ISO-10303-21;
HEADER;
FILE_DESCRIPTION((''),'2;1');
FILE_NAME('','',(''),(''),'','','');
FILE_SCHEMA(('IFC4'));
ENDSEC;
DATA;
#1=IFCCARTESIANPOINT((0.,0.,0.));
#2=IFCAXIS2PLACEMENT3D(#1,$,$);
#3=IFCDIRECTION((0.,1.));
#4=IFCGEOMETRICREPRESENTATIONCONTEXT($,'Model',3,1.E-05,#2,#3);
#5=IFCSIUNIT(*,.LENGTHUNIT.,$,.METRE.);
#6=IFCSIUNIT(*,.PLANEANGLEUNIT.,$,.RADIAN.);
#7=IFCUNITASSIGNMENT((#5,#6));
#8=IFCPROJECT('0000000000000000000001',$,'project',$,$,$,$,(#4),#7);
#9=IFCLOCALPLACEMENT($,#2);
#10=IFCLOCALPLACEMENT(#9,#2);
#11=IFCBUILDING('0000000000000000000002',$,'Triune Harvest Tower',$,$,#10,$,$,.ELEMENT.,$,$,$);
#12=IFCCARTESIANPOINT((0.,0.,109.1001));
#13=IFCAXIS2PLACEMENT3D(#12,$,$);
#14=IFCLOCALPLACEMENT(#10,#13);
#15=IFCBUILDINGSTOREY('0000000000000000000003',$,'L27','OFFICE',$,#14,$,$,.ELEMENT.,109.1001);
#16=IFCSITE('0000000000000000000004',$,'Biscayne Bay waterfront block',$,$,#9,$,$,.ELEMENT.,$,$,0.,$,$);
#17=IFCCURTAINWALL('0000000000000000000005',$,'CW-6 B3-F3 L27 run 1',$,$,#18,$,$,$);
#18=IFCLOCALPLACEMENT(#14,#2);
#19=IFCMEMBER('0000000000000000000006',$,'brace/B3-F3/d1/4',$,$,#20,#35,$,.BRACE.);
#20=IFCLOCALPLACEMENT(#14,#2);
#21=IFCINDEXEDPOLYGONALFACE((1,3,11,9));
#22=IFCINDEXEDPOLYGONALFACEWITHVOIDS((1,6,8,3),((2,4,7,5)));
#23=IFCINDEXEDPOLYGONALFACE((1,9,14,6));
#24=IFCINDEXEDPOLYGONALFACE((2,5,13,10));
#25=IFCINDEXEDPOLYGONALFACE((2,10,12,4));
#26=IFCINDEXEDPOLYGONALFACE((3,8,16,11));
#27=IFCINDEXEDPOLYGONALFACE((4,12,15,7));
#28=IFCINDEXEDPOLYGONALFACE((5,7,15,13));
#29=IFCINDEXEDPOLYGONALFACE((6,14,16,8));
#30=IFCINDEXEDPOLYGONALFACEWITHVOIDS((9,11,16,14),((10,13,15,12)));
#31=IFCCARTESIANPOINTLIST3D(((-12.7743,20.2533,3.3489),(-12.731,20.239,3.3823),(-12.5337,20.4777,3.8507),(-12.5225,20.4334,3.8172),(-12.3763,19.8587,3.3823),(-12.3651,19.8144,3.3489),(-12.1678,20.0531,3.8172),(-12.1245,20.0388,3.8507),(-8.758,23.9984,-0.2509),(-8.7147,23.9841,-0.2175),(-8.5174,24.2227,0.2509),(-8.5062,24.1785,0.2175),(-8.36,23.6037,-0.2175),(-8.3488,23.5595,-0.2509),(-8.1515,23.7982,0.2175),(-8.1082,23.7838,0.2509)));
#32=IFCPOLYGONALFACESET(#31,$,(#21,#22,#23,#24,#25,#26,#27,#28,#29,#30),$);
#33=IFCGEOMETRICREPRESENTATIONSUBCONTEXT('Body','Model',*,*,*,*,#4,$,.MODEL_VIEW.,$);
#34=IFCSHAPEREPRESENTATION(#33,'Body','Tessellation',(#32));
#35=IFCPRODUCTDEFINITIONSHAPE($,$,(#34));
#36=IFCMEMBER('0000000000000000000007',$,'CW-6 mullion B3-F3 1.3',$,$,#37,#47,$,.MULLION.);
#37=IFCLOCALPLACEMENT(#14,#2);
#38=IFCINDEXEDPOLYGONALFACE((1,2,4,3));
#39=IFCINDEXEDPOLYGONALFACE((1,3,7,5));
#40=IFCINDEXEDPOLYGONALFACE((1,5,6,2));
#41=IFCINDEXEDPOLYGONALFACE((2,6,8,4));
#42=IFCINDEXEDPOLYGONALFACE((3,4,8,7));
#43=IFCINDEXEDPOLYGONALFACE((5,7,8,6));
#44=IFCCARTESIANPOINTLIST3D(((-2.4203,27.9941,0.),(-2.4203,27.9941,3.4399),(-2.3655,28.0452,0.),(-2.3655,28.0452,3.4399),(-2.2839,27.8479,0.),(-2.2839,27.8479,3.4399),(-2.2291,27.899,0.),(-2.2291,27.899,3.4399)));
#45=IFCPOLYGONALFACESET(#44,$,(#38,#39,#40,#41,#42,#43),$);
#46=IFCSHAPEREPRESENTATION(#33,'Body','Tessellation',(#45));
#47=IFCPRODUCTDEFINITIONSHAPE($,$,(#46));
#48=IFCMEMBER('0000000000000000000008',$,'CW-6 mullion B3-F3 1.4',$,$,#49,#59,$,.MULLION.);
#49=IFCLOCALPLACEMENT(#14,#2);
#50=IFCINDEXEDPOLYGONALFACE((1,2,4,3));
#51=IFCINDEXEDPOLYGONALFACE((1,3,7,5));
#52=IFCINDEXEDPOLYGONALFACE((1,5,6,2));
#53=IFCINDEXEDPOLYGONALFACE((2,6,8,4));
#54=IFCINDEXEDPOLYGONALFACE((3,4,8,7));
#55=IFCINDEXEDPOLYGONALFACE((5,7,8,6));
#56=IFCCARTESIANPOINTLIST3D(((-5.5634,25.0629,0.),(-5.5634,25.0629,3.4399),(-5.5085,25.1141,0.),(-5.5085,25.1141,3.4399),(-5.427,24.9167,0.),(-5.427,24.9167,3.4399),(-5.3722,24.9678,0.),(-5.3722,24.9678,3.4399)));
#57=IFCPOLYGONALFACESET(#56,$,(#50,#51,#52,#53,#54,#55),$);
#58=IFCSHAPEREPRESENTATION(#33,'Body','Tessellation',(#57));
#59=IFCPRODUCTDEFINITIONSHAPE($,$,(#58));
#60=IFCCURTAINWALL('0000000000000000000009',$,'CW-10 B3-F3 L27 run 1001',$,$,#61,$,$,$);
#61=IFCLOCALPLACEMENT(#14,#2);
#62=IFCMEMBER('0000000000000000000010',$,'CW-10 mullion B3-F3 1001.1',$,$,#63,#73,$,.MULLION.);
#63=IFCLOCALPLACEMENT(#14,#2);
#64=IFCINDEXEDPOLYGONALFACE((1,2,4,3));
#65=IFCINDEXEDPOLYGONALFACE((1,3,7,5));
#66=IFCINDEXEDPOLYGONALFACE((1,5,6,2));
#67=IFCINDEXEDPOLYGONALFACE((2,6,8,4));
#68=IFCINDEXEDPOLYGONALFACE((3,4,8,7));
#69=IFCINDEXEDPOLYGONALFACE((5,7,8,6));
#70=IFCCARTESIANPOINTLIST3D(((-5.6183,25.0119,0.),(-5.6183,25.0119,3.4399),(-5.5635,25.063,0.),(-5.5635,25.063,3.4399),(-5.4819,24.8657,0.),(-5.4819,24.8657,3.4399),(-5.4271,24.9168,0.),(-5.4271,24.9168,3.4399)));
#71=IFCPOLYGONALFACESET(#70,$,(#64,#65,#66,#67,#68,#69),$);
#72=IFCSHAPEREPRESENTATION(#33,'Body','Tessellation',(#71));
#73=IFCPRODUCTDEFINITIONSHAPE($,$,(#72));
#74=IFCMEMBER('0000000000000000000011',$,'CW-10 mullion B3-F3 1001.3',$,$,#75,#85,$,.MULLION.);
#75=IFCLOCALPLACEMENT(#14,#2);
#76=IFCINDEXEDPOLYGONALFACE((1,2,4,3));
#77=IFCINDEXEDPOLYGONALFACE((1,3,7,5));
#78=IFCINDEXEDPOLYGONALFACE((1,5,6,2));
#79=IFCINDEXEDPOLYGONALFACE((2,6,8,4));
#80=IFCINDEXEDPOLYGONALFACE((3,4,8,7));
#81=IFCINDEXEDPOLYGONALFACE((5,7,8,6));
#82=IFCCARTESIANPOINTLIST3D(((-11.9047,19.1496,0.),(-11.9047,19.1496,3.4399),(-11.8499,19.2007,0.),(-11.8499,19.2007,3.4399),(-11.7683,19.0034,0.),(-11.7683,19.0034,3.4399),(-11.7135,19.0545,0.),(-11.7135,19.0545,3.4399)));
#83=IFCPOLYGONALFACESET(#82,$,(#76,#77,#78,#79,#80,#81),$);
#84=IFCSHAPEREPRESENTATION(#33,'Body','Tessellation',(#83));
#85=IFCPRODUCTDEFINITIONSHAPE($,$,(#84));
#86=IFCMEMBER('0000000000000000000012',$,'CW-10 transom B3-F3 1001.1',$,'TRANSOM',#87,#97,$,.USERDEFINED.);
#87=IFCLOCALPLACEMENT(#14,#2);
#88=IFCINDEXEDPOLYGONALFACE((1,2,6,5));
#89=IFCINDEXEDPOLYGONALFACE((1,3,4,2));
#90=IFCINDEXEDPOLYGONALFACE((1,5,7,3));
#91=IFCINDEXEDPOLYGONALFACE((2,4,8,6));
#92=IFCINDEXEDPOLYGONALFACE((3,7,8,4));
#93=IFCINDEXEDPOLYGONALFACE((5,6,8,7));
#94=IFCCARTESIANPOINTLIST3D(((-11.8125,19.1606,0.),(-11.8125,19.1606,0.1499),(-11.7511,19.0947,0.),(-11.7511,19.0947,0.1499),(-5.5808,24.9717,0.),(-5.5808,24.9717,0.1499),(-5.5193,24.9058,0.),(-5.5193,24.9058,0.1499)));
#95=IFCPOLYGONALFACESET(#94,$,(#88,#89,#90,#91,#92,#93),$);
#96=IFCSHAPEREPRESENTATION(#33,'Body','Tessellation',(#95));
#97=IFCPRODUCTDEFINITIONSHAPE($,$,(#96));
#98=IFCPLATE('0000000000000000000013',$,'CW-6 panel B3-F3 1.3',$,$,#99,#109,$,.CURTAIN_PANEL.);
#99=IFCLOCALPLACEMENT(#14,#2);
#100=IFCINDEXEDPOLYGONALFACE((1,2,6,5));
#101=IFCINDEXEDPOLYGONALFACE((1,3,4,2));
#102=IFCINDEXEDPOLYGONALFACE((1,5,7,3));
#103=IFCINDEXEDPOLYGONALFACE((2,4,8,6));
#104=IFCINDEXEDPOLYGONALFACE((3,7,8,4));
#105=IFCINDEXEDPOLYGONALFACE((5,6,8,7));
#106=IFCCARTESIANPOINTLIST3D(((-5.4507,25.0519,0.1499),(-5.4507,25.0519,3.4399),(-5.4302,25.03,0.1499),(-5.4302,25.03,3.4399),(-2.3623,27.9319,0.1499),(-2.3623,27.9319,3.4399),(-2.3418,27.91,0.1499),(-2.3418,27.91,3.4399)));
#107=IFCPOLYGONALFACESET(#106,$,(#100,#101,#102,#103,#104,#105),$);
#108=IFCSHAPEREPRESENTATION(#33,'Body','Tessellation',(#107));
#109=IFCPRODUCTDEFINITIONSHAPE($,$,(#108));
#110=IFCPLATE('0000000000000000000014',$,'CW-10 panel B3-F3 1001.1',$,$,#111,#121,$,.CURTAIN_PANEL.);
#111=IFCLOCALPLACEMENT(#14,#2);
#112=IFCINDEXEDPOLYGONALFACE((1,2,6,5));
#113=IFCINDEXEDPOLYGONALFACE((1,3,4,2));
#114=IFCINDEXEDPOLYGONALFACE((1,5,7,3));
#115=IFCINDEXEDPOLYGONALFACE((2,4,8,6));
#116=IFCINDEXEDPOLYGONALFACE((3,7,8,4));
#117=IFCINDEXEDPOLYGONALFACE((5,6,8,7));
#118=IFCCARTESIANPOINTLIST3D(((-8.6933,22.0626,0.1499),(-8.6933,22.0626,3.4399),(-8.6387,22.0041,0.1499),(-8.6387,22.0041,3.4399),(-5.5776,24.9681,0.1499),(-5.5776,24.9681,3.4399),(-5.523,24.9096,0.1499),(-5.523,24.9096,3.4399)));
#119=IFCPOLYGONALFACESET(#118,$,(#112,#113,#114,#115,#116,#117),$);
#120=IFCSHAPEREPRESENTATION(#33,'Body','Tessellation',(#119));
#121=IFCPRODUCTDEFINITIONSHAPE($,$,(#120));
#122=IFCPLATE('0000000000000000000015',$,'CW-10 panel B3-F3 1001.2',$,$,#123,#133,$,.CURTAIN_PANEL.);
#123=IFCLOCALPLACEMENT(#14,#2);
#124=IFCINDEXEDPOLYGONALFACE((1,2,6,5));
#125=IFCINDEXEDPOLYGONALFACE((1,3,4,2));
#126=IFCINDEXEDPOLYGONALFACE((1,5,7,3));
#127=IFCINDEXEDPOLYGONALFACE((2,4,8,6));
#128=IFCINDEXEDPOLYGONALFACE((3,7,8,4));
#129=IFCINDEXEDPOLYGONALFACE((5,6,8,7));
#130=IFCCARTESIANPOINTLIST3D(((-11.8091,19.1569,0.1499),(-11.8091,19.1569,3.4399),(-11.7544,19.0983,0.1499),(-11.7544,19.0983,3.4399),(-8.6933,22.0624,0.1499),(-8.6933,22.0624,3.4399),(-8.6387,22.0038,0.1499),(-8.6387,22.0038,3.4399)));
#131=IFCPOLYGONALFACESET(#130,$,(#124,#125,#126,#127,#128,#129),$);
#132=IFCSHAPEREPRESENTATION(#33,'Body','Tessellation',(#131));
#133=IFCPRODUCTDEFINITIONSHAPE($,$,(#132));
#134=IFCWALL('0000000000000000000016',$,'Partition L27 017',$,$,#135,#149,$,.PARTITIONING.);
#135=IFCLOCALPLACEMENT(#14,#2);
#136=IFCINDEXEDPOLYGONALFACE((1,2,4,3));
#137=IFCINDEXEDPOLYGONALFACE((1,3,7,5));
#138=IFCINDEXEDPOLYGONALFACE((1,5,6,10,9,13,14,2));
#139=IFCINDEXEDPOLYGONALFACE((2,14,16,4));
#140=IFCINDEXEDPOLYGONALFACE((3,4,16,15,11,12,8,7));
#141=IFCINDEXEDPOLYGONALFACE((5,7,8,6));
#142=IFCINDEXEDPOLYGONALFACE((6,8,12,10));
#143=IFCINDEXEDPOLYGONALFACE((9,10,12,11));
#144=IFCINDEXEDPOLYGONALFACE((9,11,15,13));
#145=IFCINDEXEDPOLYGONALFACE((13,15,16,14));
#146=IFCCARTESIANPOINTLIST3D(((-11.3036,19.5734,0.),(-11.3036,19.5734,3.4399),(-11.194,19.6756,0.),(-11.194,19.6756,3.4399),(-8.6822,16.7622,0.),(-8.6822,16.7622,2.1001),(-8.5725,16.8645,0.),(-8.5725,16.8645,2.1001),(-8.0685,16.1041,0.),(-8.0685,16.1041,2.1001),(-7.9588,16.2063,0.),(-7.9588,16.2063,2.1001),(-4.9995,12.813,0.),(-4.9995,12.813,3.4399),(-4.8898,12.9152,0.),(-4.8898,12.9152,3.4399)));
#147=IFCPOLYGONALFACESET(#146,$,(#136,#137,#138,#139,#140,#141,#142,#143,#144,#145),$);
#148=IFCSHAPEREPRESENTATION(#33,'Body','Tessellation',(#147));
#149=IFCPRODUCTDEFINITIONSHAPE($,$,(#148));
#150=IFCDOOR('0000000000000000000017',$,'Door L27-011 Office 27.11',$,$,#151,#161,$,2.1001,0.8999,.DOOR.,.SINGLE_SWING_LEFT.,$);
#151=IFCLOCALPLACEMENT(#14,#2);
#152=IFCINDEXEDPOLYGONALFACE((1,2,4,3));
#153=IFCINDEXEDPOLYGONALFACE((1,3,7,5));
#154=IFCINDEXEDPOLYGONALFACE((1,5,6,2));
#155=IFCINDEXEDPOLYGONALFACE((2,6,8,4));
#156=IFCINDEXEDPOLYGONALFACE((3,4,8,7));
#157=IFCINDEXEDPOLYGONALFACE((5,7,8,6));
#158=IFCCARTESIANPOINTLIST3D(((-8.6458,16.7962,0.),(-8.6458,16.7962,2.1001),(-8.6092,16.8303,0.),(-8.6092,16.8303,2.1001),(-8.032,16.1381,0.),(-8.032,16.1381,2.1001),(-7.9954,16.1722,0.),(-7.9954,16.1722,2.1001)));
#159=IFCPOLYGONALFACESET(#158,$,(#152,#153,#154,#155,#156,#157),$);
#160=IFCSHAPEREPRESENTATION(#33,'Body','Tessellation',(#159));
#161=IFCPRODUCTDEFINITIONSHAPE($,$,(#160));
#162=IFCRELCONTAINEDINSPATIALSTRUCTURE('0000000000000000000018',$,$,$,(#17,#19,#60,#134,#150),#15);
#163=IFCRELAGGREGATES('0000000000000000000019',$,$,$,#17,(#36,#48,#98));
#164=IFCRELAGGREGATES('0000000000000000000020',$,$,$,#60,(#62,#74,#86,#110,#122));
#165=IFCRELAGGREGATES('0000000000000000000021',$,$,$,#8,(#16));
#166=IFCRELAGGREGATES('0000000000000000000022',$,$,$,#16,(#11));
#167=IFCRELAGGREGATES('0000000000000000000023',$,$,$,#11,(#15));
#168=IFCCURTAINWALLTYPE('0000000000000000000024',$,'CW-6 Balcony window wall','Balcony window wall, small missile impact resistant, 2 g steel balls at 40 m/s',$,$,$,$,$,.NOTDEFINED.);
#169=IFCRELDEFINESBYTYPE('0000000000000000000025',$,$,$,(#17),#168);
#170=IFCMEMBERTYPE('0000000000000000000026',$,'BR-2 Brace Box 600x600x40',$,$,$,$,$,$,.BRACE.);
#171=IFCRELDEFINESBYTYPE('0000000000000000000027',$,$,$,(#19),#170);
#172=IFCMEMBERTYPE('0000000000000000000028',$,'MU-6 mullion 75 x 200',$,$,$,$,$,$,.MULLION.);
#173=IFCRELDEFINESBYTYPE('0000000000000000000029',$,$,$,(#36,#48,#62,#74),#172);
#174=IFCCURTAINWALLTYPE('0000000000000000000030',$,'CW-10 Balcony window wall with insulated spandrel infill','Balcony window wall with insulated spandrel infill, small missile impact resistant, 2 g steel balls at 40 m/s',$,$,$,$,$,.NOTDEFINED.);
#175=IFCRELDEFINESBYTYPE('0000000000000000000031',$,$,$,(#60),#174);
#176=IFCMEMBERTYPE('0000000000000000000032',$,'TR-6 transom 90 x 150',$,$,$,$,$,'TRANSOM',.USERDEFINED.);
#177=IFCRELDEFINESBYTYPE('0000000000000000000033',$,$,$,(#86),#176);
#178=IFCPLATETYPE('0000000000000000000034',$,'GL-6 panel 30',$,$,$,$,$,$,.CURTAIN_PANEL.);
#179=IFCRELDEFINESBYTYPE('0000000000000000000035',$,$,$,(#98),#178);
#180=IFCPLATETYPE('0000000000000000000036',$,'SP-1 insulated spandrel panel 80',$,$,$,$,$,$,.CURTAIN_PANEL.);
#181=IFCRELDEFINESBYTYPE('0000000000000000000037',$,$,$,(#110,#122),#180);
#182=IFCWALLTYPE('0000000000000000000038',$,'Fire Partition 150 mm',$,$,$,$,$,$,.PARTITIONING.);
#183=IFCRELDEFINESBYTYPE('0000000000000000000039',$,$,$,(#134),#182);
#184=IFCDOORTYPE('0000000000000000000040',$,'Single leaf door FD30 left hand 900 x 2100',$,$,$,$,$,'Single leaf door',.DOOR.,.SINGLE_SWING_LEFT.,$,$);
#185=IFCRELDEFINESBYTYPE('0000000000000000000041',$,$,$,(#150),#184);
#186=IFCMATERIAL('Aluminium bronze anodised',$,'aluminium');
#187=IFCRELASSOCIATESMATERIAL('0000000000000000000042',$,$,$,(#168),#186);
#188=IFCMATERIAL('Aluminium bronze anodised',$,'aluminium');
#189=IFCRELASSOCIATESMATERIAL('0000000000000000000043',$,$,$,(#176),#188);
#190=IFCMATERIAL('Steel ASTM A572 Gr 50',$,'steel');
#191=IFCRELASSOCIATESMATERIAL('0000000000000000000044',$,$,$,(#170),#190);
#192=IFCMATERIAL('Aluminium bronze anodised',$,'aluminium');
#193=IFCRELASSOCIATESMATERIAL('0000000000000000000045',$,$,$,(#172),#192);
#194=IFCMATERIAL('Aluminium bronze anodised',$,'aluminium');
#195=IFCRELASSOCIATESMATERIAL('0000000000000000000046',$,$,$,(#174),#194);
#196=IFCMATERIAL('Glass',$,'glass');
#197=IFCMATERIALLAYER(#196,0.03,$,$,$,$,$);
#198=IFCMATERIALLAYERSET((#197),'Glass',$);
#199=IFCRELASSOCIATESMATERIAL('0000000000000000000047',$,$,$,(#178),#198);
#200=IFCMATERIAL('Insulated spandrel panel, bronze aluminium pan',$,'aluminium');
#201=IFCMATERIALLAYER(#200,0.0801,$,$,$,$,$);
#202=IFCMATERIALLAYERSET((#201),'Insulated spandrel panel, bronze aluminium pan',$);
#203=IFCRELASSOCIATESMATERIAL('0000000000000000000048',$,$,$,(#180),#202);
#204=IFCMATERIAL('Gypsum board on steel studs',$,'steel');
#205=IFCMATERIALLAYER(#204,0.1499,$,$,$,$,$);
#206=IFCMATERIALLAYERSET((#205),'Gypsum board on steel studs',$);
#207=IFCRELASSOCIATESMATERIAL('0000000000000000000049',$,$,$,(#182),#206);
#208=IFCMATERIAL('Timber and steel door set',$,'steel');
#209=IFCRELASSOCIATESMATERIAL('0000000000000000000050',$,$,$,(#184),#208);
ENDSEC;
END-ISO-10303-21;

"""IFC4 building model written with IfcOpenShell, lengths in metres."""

from ifc_helpers import new_model, si_unit, direction, frame, frame_2d, origin, origin_2d, place, context, subcontext, project, spatial, rectangle, hollow_rectangle, extrude, source, transform, mapped, material, layer, layer_set, material_profile, profile_set, type_object, element, fill, aggregate, save


model = new_model("IFC4")

# Units and contexts
model_context = context("Model", 3, precision=1e-05, world=origin(), true_north=direction((0.0, 1.0)))
body_context = subcontext(model_context, "Body", "Model", "MODEL_VIEW")
ifc_project = project(units=[si_unit("LENGTHUNIT", "METRE"), si_unit("PLANEANGLEUNIT", "RADIAN")], contexts=[model_context])

# Site, building, storey
site_placement = place(None, origin())
site = spatial("IfcSite", under=ifc_project, at=site_placement, Name="Biscayne Bay waterfront block", CompositionType="ELEMENT", RefElevation=0.0)
building_placement = place(site_placement, origin())
building = spatial("IfcBuilding", under=site, at=building_placement, Name="Triune Harvest Tower", CompositionType="ELEMENT")
storey_placement = place(building_placement, frame((0.0, 0.0, 109.1001)))
storey = spatial("IfcBuildingStorey", under=building, at=storey_placement, Name="L27", Description="OFFICE", CompositionType="ELEMENT", Elevation=109.1001)

# Curtain wall
ifc_material_1 = material(Name="Aluminium bronze anodised", Category="aluminium")
curtain_wall_type_1 = type_object("IfcCurtainWallType", Name="CW-6 Balcony window wall", Description="Balcony window wall, small missile impact resistant, 2 g steel balls at 40 m/s", PredefinedType="NOTDEFINED", material=ifc_material_1)
curtain_wall_1_placement = place(storey_placement, origin())
curtain_wall_1 = element("IfcCurtainWall", 1, at=curtain_wall_1_placement, inside=storey, type_object=curtain_wall_type_1, Name="CW-6 B3-F3 L27 run 1")
ifc_material_2 = material(Name="Aluminium bronze anodised", Category="aluminium")
ifc_material_profile_1 = material_profile(ifc_material_2, rectangle(XDim=0.0901, YDim=0.1499, at=origin_2d()), Name="TR-6 transom 90 x 150")
ifc_profile_set_1 = profile_set([ifc_material_profile_1], Name="Aluminium bronze anodised")
member_type_1 = type_object("IfcMemberType", Name="TR-6 transom 90 x 150", ElementType="TRANSOM", PredefinedType="USERDEFINED", material=ifc_profile_set_1)

# Members
ifc_material_3 = material(Name="Steel ASTM A572 Gr 50", Category="steel")
ifc_material_profile_2 = material_profile(ifc_material_3, hollow_rectangle(XDim=0.6001, YDim=0.6001, WallThickness=0.04, at=origin_2d()), Name="Box 600x600x40")
ifc_profile_set_2 = profile_set([ifc_material_profile_2], Name="Steel ASTM A572 Gr 50")
member_type_2 = type_object("IfcMemberType", Name="BR-2 Brace Box 600x600x40", PredefinedType="BRACE", material=ifc_profile_set_2)
shared_shape_1 = source(origin(), body_context, "Body", "SweptSolid", [
    extrude(hollow_rectangle(XDim=0.6001, YDim=0.6001, WallThickness=0.04, at=origin_2d()), origin(), (0.0, 0.0, 1.0), 6.5662),
])
member_1_placement = place(storey_placement, frame((-8.4331, 23.8911, 0.0), z_axis=(-0.611664, -0.570356, 0.548234), x_axis=(0.681979, -0.731372, 0.0)))
element("IfcMember", 2, at=member_1_placement, inside=storey, type_object=member_type_2, Name="brace/B3-F3/d1/4", PredefinedType="BRACE", context=body_context, shape_type="MappedRepresentation", body=[
    mapped(shared_shape_1, transform((0.0, 0.0, 0.0), scale=1.0)),
])
ifc_material_4 = material(Name="Aluminium bronze anodised", Category="aluminium")
ifc_material_profile_3 = material_profile(ifc_material_4, rectangle(XDim=0.2, YDim=0.075, at=origin_2d()), Name="MU-6 mullion 75 x 200")
ifc_profile_set_3 = profile_set([ifc_material_profile_3], Name="Aluminium bronze anodised")
member_type_3 = type_object("IfcMemberType", Name="MU-6 mullion 75 x 200", PredefinedType="MULLION", material=ifc_profile_set_3)
shared_shape_2 = source(origin(), body_context, "Body", "SweptSolid", [
    extrude(rectangle(XDim=0.2, YDim=0.075, at=origin_2d()), origin(), (0.0, 0.0, 1.0), 3.4399),
])
member_2_placement = place(storey_placement, frame((-2.3247, 27.9465, 0.0), z_axis=(0.0, 0.0, 1.0), x_axis=(0.681997, -0.731355, 0.0)))
member_2 = element("IfcMember", 3, at=member_2_placement, type_object=member_type_3, Name="CW-6 mullion B3-F3 1.3", PredefinedType="MULLION", context=body_context, shape_type="MappedRepresentation", body=[
    mapped(shared_shape_2, transform((0.0, 0.0, 0.0), scale=1.0)),
])
member_3_placement = place(storey_placement, frame((-5.4678, 25.0154, 0.0), z_axis=(0.0, 0.0, 1.0), x_axis=(0.681997, -0.731355, 0.0)))
member_3 = element("IfcMember", 4, at=member_3_placement, type_object=member_type_3, Name="CW-6 mullion B3-F3 1.4", PredefinedType="MULLION", context=body_context, shape_type="MappedRepresentation", body=[
    mapped(shared_shape_2, transform((0.0, 0.0, 0.0), scale=1.0)),
])

# Curtain wall, members
ifc_material_5 = material(Name="Aluminium bronze anodised", Category="aluminium")
curtain_wall_type_2 = type_object("IfcCurtainWallType", Name="CW-10 Balcony window wall with insulated spandrel infill", Description="Balcony window wall with insulated spandrel infill, small missile impact resistant, 2 g steel balls at 40 m/s", PredefinedType="NOTDEFINED", material=ifc_material_5)
curtain_wall_2_placement = place(storey_placement, origin())
curtain_wall_2 = element("IfcCurtainWall", 5, at=curtain_wall_2_placement, inside=storey, type_object=curtain_wall_type_2, Name="CW-10 B3-F3 L27 run 1001")
member_4_placement = place(storey_placement, frame((-5.5227, 24.9644, 0.0), z_axis=(0.0, 0.0, 1.0), x_axis=(0.682002, -0.731351, 0.0)))
member_4 = element("IfcMember", 6, at=member_4_placement, type_object=member_type_3, Name="CW-10 mullion B3-F3 1001.1", PredefinedType="MULLION", context=body_context, shape_type="MappedRepresentation", body=[
    mapped(shared_shape_2, transform((0.0, 0.0, 0.0), scale=1.0)),
])
member_5_placement = place(storey_placement, frame((-11.8091, 19.1021, 0.0), z_axis=(0.0, 0.0, 1.0), x_axis=(0.682002, -0.731351, 0.0)))
member_5 = element("IfcMember", 7, at=member_5_placement, type_object=member_type_3, Name="CW-10 mullion B3-F3 1001.3", PredefinedType="MULLION", context=body_context, shape_type="MappedRepresentation", body=[
    mapped(shared_shape_2, transform((0.0, 0.0, 0.0), scale=1.0)),
])
shared_shape_3 = source(origin(), body_context, "Body", "SweptSolid", [
    extrude(rectangle(XDim=0.0901, YDim=0.1499, at=origin_2d()), origin(), (0.0, 0.0, 1.0), 8.5208),
])
member_6_placement = place(storey_placement, frame((-5.55, 24.9387, 0.075), z_axis=(-0.73136, -0.681992, 0.0), x_axis=(0.681992, -0.73136, 0.0)))
member_6 = element("IfcMember", 8, at=member_6_placement, type_object=member_type_1, Name="CW-10 transom B3-F3 1001.1", ObjectType="TRANSOM", PredefinedType="USERDEFINED", context=body_context, shape_type="MappedRepresentation", body=[
    mapped(shared_shape_3, transform((0.0, 0.0, 0.0), scale=1.0)),
])

# Plates
ifc_material_6 = material(Name="Glass", Category="glass")
ifc_layer_1 = layer(ifc_material_6, 0.03)
ifc_layer_set_1 = layer_set([ifc_layer_1], Name="Glass")
plate_type_1 = type_object("IfcPlateType", Name="GL-6 panel 30", PredefinedType="CURTAIN_PANEL", material=ifc_layer_set_1)
plate_1_placement = place(storey_placement, frame((-3.8962, 26.481, 0.1499), z_axis=(0.0, 0.0, 1.0), x_axis=(-0.731355, -0.681997, 0.0)))
plate_1 = element("IfcPlate", 9, at=plate_1_placement, type_object=plate_type_1, Name="CW-6 panel B3-F3 1.3", PredefinedType="CURTAIN_PANEL", context=body_context, shape_type="SweptSolid", body=[
    extrude(rectangle(XDim=4.2229, YDim=0.03, at=origin_2d()), origin(), (0.0, 0.0, 1.0), 3.29),
])
aggregate(curtain_wall_1, [member_2, member_3, plate_1])
ifc_material_7 = material(Name="Insulated spandrel panel, bronze aluminium pan", Category="aluminium")
ifc_layer_2 = layer(ifc_material_7, 0.0801)
ifc_layer_set_2 = layer_set([ifc_layer_2], Name="Insulated spandrel panel, bronze aluminium pan")
plate_type_2 = type_object("IfcPlateType", Name="SP-1 insulated spandrel panel 80", PredefinedType="CURTAIN_PANEL", material=ifc_layer_set_2)
shared_shape_4 = source(origin(), body_context, "Body", "SweptSolid", [
    extrude(rectangle(XDim=4.2603, YDim=0.0801, at=origin_2d()), origin(), (0.0, 0.0, 1.0), 3.29),
])
plate_2_placement = place(storey_placement, frame((-7.1082, 23.4861, 0.1499), z_axis=(0.0, 0.0, 1.0), x_axis=(-0.731351, -0.682002, 0.0)))
plate_2 = element("IfcPlate", 10, at=plate_2_placement, type_object=plate_type_2, Name="CW-10 panel B3-F3 1001.1", PredefinedType="CURTAIN_PANEL", context=body_context, shape_type="MappedRepresentation", body=[
    mapped(shared_shape_4, transform((0.0, 0.0, 0.0), scale=1.0)),
])
plate_3_placement = place(storey_placement, frame((-10.2239, 20.5803, 0.1499), z_axis=(0.0, 0.0, 1.0), x_axis=(-0.731351, -0.682002, 0.0)))
plate_3 = element("IfcPlate", 11, at=plate_3_placement, type_object=plate_type_2, Name="CW-10 panel B3-F3 1001.2", PredefinedType="CURTAIN_PANEL", context=body_context, shape_type="MappedRepresentation", body=[
    mapped(shared_shape_4, transform((0.0, 0.0, 0.0), scale=1.0)),
])
aggregate(curtain_wall_2, [member_4, member_5, member_6, plate_2, plate_3])

# Wall, opening, door
ifc_material_8 = material(Name="Gypsum board on steel studs", Category="steel")
ifc_layer_3 = layer(ifc_material_8, 0.1499)
ifc_layer_set_3 = layer_set([ifc_layer_3], Name="Gypsum board on steel studs")
wall_type_1 = type_object("IfcWallType", Name="Fire Partition 150 mm", PredefinedType="PARTITIONING", material=ifc_layer_set_3)
wall_1_placement = place(storey_placement, frame((-11.2488, 19.6245, 0.0), z_axis=(0.0, 0.0, 1.0), x_axis=(0.681994, -0.731357, 0.0)))
wall_1 = element("IfcWall", 12, at=wall_1_placement, inside=storey, type_object=wall_type_1, Name="Partition L27 017", PredefinedType="PARTITIONING", context=body_context, shape_type="SweptSolid", body=[
    extrude(rectangle(XDim=9.2437, YDim=0.1499, at=frame_2d((4.6218, 0.0))), origin(), (0.0, 0.0, 1.0), 3.4399),
])
opening_placement = place(wall_1_placement, frame((3.8438, 0.0, 0.0)))
opening = element("IfcOpeningElement", 13, at=opening_placement, cuts=wall_1, PredefinedType="OPENING", context=body_context, shape_type="SweptSolid", body=[
    extrude(rectangle(XDim=0.8999, YDim=2.1001, at=frame_2d((0.45, 1.05))), frame((0.0, 0.085, 0.0), z_axis=(0.0, -1.0, 0.0), x_axis=(1.0, 0.0, 0.0)), (0.0, 0.0, 1.0), 0.1699),
])
ifc_material_9 = material(Name="Timber and steel door set", Category="steel")
door_type = type_object("IfcDoorType", Name="Single leaf door FD30 left hand 900 x 2100", ElementType="Single leaf door", OperationType="SINGLE_SWING_LEFT", PredefinedType="DOOR", material=ifc_material_9)
door_placement = place(opening_placement, origin())
door = element("IfcDoor", 14, at=door_placement, inside=storey, type_object=door_type, Name="Door L27-011 Office 27.11", OperationType="SINGLE_SWING_LEFT", OverallHeight=2.1001, OverallWidth=0.8999, PredefinedType="DOOR", context=body_context, shape_type="SweptSolid", body=[
    extrude(rectangle(XDim=0.8999, YDim=2.1001, at=frame_2d((0.45, 1.05))), frame((0.0, 0.0249, 0.0), z_axis=(0.0, -1.0, 0.0), x_axis=(1.0, 0.0, 0.0)), (0.0, 0.0, 1.0), 0.05),
])
fill(opening, door)

save(model, "model.ifc")
